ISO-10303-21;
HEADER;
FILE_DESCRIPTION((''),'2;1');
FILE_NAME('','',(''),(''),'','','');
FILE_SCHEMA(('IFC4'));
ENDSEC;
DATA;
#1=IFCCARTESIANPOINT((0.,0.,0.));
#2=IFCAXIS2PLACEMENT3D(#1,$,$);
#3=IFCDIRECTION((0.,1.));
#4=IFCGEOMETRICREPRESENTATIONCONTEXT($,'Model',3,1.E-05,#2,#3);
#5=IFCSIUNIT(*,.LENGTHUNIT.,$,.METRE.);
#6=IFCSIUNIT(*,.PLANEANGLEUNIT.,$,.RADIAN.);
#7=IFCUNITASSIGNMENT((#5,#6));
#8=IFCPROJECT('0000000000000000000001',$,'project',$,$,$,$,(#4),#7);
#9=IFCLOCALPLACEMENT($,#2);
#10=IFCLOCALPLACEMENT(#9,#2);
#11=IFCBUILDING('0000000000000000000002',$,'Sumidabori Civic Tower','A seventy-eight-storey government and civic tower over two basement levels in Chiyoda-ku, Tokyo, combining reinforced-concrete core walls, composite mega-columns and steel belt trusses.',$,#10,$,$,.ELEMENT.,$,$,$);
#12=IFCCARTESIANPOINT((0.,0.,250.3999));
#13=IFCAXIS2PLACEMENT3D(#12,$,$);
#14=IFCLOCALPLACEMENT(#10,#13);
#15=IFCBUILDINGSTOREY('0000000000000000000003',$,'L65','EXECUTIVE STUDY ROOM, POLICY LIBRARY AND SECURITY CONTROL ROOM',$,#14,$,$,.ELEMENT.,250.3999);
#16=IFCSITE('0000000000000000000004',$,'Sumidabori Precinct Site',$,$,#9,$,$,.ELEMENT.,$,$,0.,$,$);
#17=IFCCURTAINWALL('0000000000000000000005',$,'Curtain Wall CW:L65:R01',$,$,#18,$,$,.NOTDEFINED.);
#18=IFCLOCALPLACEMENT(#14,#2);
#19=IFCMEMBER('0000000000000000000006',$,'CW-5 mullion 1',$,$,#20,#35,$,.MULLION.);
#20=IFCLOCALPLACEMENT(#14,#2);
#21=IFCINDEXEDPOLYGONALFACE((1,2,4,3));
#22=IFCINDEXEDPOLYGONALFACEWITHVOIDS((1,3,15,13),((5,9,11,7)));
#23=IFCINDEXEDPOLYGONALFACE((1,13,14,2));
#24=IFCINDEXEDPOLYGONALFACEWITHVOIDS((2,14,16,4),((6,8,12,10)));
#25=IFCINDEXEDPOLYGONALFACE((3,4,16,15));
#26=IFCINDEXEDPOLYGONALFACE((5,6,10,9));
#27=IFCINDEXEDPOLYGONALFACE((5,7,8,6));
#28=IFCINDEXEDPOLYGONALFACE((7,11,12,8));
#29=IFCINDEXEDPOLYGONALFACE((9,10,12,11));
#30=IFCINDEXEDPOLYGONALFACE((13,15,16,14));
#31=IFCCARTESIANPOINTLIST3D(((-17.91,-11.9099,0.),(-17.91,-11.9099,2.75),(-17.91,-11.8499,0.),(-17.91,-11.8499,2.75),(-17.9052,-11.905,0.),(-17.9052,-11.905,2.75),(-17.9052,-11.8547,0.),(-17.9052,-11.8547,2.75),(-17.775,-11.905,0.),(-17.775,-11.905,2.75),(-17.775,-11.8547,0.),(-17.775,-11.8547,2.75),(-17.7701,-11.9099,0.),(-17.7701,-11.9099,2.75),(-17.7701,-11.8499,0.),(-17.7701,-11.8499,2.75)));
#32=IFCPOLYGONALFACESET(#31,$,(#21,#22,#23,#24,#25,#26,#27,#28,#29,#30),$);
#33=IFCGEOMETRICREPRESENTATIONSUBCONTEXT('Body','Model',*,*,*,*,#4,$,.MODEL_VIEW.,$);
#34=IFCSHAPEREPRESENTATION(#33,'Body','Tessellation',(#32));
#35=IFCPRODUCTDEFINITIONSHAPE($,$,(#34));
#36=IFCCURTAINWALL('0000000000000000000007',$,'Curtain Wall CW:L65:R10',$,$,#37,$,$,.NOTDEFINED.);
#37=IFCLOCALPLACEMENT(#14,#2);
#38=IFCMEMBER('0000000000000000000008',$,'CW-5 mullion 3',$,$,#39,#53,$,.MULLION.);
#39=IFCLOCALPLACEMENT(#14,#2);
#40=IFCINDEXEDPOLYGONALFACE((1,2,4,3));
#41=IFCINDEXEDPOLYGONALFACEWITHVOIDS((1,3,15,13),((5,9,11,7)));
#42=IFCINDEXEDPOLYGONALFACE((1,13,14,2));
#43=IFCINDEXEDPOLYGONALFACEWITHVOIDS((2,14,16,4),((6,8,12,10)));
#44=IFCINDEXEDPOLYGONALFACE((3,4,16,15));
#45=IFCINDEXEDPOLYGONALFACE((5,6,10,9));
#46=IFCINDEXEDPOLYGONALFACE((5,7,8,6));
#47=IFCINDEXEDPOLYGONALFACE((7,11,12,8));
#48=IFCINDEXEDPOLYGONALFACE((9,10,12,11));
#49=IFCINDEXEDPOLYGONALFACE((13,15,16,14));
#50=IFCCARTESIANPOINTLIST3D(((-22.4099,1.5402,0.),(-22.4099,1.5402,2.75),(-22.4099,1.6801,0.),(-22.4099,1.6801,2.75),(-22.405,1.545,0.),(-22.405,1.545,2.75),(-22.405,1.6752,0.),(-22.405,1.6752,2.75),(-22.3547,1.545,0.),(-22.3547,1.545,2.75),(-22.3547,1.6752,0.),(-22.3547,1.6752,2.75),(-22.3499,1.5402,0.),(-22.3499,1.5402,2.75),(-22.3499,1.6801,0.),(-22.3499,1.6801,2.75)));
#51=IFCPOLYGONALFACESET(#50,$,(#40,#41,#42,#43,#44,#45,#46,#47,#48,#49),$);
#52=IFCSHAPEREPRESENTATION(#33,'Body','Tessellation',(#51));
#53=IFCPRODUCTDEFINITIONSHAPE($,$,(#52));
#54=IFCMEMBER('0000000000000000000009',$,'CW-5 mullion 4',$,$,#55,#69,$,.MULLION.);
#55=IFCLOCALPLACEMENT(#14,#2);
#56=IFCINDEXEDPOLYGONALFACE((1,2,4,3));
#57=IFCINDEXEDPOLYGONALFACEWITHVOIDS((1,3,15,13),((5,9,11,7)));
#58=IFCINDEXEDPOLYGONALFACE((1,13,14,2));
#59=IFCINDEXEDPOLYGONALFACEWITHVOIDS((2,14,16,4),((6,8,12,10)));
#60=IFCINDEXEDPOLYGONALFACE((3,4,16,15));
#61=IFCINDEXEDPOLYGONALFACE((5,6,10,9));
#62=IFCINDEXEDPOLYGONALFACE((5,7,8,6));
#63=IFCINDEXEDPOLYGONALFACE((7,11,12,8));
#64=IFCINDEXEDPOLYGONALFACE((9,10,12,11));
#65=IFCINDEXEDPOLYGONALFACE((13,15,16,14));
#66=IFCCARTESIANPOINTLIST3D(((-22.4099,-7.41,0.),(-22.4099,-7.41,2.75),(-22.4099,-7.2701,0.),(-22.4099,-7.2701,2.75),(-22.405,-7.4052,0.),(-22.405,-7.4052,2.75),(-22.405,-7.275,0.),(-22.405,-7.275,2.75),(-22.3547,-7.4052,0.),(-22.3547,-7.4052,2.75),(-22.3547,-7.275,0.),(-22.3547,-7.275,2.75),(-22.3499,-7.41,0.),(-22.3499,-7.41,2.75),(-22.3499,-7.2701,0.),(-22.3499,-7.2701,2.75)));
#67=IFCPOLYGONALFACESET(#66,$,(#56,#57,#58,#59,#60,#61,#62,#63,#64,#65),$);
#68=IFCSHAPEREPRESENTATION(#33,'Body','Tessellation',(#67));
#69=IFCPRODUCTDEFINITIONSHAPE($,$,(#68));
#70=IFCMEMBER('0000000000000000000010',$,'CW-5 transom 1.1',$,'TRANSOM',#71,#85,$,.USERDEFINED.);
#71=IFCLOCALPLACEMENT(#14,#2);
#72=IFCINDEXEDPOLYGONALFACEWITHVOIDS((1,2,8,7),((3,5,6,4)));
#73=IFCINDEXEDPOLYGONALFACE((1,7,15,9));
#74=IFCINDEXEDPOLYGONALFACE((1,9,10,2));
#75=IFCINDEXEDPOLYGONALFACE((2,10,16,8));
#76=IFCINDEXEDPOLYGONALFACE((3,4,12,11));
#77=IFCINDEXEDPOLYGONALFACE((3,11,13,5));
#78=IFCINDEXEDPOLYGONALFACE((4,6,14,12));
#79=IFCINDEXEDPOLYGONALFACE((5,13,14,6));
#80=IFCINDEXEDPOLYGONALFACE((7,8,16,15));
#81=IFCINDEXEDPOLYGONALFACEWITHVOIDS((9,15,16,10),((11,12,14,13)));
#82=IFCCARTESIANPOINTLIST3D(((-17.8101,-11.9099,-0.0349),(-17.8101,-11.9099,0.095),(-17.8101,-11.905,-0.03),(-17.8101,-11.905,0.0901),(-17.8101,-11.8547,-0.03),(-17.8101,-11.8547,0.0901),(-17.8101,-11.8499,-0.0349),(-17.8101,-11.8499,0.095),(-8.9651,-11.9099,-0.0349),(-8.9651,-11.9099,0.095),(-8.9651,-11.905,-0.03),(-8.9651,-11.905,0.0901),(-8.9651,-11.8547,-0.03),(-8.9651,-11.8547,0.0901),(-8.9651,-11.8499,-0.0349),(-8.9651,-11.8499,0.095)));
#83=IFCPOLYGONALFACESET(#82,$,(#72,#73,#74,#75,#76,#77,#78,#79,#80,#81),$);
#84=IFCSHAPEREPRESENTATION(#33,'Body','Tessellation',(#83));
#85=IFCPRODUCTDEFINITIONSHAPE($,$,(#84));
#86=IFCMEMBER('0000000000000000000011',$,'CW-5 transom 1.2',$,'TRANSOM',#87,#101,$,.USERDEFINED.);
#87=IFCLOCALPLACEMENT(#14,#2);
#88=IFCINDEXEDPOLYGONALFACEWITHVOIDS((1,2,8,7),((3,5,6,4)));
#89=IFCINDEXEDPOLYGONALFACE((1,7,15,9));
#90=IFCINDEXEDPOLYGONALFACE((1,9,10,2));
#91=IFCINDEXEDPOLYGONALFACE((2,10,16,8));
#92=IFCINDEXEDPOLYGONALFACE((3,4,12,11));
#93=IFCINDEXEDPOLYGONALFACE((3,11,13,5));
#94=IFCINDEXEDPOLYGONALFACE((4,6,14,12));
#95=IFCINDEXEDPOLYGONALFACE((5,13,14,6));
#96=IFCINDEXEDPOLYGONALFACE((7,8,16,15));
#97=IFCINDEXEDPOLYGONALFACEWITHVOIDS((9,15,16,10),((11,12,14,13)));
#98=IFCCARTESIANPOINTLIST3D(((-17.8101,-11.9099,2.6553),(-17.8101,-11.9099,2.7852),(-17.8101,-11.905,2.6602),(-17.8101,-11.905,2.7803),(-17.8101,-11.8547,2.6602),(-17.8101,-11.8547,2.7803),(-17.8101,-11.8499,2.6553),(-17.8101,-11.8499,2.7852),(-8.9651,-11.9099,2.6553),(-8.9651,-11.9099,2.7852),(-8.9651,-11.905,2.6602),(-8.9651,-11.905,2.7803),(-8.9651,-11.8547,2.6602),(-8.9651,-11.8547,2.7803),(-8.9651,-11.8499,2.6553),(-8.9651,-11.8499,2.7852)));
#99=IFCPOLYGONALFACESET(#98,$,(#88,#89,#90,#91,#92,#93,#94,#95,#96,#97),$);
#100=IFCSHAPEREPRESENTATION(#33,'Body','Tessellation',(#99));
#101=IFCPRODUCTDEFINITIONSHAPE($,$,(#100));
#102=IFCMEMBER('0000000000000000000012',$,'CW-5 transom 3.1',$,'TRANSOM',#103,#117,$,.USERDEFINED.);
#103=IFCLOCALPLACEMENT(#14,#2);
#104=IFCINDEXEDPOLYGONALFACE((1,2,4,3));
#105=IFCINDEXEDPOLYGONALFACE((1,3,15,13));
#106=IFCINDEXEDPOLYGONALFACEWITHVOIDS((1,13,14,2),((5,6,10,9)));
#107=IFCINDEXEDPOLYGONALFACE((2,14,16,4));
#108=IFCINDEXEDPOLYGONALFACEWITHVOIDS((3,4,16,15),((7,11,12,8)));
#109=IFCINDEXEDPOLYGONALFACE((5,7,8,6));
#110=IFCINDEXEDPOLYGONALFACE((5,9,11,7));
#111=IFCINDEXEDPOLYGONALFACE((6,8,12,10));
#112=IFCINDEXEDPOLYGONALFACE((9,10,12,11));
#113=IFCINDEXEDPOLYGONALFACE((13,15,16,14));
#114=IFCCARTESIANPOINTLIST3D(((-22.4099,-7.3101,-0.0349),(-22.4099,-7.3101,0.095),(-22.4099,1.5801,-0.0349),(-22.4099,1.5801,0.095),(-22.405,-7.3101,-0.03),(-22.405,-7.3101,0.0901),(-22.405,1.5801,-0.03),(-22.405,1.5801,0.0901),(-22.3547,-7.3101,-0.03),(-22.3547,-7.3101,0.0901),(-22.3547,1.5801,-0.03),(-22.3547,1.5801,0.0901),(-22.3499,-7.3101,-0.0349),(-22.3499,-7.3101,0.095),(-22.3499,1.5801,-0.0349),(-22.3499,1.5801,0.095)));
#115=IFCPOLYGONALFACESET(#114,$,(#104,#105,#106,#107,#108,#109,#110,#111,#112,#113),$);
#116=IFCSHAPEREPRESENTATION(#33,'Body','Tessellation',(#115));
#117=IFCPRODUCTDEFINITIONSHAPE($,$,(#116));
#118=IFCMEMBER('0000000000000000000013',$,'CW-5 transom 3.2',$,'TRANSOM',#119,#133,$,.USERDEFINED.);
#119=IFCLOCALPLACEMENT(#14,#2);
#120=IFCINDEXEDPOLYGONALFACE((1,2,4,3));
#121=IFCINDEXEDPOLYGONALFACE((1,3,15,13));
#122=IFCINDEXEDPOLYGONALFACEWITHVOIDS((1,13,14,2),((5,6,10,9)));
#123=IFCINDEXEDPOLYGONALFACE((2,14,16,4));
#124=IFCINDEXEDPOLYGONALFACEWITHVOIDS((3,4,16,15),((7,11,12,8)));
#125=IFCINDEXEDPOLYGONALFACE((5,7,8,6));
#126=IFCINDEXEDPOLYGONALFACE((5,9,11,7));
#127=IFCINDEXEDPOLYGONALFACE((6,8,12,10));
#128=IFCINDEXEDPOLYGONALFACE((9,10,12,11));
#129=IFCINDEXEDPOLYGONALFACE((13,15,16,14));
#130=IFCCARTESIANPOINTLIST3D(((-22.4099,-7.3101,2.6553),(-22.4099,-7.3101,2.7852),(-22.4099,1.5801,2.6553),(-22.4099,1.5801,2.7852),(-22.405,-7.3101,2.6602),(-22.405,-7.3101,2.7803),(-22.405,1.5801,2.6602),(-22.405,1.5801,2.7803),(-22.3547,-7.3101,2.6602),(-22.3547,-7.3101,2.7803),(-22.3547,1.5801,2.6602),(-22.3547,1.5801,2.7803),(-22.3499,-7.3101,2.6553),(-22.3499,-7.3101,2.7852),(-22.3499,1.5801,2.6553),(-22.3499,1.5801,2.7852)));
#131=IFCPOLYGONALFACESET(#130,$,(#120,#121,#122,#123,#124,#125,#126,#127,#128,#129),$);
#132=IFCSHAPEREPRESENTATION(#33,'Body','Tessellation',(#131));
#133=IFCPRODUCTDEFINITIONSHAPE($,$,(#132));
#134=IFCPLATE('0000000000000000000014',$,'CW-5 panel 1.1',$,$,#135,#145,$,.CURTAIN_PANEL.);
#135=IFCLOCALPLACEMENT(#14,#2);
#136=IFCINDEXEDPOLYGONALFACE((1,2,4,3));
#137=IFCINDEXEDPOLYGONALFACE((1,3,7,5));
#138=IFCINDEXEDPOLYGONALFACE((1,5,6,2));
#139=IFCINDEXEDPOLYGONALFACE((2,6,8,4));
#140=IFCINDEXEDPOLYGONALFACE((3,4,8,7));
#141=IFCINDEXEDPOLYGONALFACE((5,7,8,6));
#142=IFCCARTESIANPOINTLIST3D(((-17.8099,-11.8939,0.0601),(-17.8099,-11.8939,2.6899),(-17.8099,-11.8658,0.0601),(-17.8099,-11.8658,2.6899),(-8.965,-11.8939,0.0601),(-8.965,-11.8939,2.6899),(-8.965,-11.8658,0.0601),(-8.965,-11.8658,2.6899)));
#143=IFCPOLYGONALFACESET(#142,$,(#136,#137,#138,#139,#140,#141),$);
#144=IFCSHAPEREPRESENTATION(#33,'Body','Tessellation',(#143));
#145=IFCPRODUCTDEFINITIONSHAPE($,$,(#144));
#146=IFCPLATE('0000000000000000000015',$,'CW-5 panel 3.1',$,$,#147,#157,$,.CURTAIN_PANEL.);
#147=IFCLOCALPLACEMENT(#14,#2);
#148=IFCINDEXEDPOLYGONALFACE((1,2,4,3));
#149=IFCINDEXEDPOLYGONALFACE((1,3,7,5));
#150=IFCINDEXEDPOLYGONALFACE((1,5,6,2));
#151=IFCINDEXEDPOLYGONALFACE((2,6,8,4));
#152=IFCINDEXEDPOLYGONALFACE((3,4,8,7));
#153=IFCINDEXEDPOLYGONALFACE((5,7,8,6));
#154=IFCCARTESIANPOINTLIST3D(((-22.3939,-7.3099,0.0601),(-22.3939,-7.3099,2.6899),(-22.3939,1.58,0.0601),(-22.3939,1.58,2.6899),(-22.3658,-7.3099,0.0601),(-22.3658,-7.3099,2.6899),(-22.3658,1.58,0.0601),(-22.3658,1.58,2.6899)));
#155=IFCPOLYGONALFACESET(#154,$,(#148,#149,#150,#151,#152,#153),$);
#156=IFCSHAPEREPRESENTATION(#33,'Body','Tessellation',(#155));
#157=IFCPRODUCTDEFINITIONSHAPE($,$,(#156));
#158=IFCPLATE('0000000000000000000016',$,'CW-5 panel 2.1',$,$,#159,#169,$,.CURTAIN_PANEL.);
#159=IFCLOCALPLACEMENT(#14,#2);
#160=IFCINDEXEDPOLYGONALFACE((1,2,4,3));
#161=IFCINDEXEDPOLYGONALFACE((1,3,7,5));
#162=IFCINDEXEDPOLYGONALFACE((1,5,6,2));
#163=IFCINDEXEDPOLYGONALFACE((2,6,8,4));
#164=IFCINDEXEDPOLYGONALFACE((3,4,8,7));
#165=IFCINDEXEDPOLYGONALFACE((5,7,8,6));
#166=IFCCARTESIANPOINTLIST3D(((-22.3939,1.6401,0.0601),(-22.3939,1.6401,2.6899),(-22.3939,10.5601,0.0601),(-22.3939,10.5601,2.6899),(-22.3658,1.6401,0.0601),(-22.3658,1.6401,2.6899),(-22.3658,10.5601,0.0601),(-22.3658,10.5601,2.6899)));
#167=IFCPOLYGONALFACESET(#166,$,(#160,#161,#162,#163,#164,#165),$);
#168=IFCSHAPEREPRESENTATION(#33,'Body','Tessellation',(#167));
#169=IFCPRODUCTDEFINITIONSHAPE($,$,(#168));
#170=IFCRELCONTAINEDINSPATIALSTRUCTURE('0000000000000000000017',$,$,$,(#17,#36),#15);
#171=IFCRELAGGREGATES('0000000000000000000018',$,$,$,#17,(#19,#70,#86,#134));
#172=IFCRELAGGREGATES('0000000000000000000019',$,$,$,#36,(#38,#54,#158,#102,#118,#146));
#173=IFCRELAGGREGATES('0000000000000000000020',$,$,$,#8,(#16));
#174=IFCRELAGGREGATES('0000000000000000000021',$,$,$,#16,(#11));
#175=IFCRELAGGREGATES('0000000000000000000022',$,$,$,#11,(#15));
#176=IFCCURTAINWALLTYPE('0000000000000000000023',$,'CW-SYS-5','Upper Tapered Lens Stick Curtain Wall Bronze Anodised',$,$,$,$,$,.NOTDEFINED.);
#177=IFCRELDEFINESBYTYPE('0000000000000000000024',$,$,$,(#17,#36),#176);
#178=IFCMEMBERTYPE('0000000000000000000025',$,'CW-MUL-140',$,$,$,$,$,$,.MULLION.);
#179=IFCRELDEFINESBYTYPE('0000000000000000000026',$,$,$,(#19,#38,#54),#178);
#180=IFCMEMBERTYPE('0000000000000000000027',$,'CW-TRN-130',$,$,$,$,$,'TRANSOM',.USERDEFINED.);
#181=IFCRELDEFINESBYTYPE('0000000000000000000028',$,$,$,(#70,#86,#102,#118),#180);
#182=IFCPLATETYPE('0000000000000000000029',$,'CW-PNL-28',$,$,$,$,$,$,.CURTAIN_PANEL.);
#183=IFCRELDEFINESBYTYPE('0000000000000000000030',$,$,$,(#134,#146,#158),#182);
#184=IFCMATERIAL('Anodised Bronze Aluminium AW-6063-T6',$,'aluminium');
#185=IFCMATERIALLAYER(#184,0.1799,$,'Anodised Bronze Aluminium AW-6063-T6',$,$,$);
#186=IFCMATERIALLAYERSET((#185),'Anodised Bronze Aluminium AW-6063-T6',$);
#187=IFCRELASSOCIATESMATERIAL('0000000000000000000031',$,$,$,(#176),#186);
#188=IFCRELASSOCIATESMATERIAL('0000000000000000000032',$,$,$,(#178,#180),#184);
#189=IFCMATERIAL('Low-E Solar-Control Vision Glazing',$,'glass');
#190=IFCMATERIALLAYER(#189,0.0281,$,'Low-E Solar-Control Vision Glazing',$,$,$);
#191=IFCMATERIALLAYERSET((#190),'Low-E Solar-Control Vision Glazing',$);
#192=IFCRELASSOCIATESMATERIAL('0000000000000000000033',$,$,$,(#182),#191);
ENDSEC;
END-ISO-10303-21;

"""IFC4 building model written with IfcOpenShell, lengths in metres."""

from ifc_helpers import new_model, si_unit, direction, frame, origin, origin_2d, place, context, subcontext, project, spatial, rectangle, hollow_rectangle, extrude, source, transform, mapped, material, layer, layer_set, material_profile, profile_set, type_object, element, aggregate, save


model = new_model("IFC4")

# Units and contexts
model_context = context("Model", 3, precision=1e-05, world=origin(), true_north=direction((0.0, 1.0)))
body_context = subcontext(model_context, "Body", "Model", "MODEL_VIEW")
ifc_project = project(units=[si_unit("LENGTHUNIT", "METRE"), si_unit("PLANEANGLEUNIT", "RADIAN")], contexts=[model_context])

# Site, building, storey
site_placement = place(None, origin())
site = spatial("IfcSite", under=ifc_project, at=site_placement, Name="Sumidabori Precinct Site", CompositionType="ELEMENT", RefElevation=0.0)
building_placement = place(site_placement, origin())
building = spatial("IfcBuilding", under=site, at=building_placement, Name="Sumidabori Civic Tower", Description="A seventy-eight-storey government and civic tower over two basement levels in Chiyoda-ku, Tokyo, combining reinforced-concrete core walls, composite mega-columns and steel belt trusses.", CompositionType="ELEMENT")
storey_placement = place(building_placement, frame((0.0, 0.0, 250.3999)))
storey = spatial("IfcBuildingStorey", under=building, at=storey_placement, Name="L65", Description="EXECUTIVE STUDY ROOM, POLICY LIBRARY AND SECURITY CONTROL ROOM", CompositionType="ELEMENT", Elevation=250.3999)

# Curtain wall, member
ifc_material_1 = material(Name="Anodised Bronze Aluminium AW-6063-T6", Category="aluminium")
ifc_layer_1 = layer(ifc_material_1, 0.1799, Name="Anodised Bronze Aluminium AW-6063-T6")
ifc_layer_set_1 = layer_set([ifc_layer_1], Name="Anodised Bronze Aluminium AW-6063-T6")
curtain_wall_type = type_object("IfcCurtainWallType", Name="CW-SYS-5", Description="Upper Tapered Lens Stick Curtain Wall Bronze Anodised", PredefinedType="NOTDEFINED", material=ifc_layer_set_1)
curtain_wall_1_placement = place(storey_placement, origin())
curtain_wall_1 = element("IfcCurtainWall", 1, at=curtain_wall_1_placement, inside=storey, type_object=curtain_wall_type, Name="Curtain Wall CW:L65:R01", PredefinedType="NOTDEFINED")
ifc_material_profile_1 = material_profile(ifc_material_1, hollow_rectangle(XDim=0.0601, YDim=0.1399, WallThickness=0.0049, at=origin_2d()), Name="ALU MULLION 140x60")
ifc_profile_set_1 = profile_set([ifc_material_profile_1], Name="Anodised Bronze Aluminium AW-6063-T6")
member_type_1 = type_object("IfcMemberType", Name="CW-MUL-140", PredefinedType="MULLION", material=ifc_profile_set_1)
shared_shape_1 = source(origin(), body_context, "Body", "SweptSolid", [
    extrude(hollow_rectangle(XDim=0.0601, YDim=0.1399, WallThickness=0.0049, at=origin_2d()), origin(), (0.0, 0.0, 1.0), 2.75),
])
member_1_placement = place(storey_placement, frame((-17.8401, -11.8799, 0.0), z_axis=(0.0, 0.0, 1.0), x_axis=(0.0, 1.0, 0.0)))
member_1 = element("IfcMember", 2, at=member_1_placement, type_object=member_type_1, Name="CW-5 mullion 1", PredefinedType="MULLION", context=body_context, shape_type="MappedRepresentation", body=[
    mapped(shared_shape_1, transform((0.0, 0.0, 0.0), x_axis=(1.0, 0.0, 0.0), y_axis=(0.0, 1.0, 0.0), z_axis=(0.0, 0.0, 1.0), scale=1.0)),
])

# Curtain wall, members
curtain_wall_2_placement = place(storey_placement, origin())
curtain_wall_2 = element("IfcCurtainWall", 3, at=curtain_wall_2_placement, inside=storey, type_object=curtain_wall_type, Name="Curtain Wall CW:L65:R10", PredefinedType="NOTDEFINED")
member_2_placement = place(storey_placement, frame((-22.3799, 1.6101, 0.0), z_axis=(0.0, 0.0, 1.0), x_axis=(1.0, 0.0, 0.0)))
member_2 = element("IfcMember", 4, at=member_2_placement, type_object=member_type_1, Name="CW-5 mullion 3", PredefinedType="MULLION", context=body_context, shape_type="MappedRepresentation", body=[
    mapped(shared_shape_1, transform((0.0, 0.0, 0.0), x_axis=(1.0, 0.0, 0.0), y_axis=(0.0, 1.0, 0.0), z_axis=(0.0, 0.0, 1.0), scale=1.0)),
])
member_3_placement = place(storey_placement, frame((-22.3799, -7.3401, 0.0), z_axis=(0.0, 0.0, 1.0), x_axis=(1.0, 0.0, 0.0)))
member_3 = element("IfcMember", 5, at=member_3_placement, type_object=member_type_1, Name="CW-5 mullion 4", PredefinedType="MULLION", context=body_context, shape_type="MappedRepresentation", body=[
    mapped(shared_shape_1, transform((0.0, 0.0, 0.0), x_axis=(1.0, 0.0, 0.0), y_axis=(0.0, 1.0, 0.0), z_axis=(0.0, 0.0, 1.0), scale=1.0)),
])

# Members
ifc_material_profile_2 = material_profile(ifc_material_1, hollow_rectangle(XDim=0.0601, YDim=0.1299, WallThickness=0.0049, at=origin_2d()), Name="ALU TRANSOM 130x60")
ifc_profile_set_2 = profile_set([ifc_material_profile_2], Name="Anodised Bronze Aluminium AW-6063-T6")
member_type_2 = type_object("IfcMemberType", Name="CW-TRN-130", ElementType="TRANSOM", PredefinedType="USERDEFINED", material=ifc_profile_set_2)
shared_shape_2 = source(origin(), body_context, "Body", "SweptSolid", [
    extrude(hollow_rectangle(XDim=0.0601, YDim=0.1299, WallThickness=0.0049, at=origin_2d()), origin(), (0.0, 0.0, 1.0), 8.845),
])
member_4_placement = place(storey_placement, frame((-17.8101, -11.8799, 0.03), z_axis=(1.0, 0.0, 0.0), x_axis=(0.0, 1.0, 0.0)))
member_4 = element("IfcMember", 6, at=member_4_placement, type_object=member_type_2, Name="CW-5 transom 1.1", ObjectType="TRANSOM", PredefinedType="USERDEFINED", context=body_context, shape_type="MappedRepresentation", body=[
    mapped(shared_shape_2, transform((0.0, 0.0, 0.0), x_axis=(1.0, 0.0, 0.0), y_axis=(0.0, 1.0, 0.0), z_axis=(0.0, 0.0, 1.0), scale=1.0)),
])
member_5_placement = place(storey_placement, frame((-17.8101, -11.8799, 2.7202), z_axis=(1.0, 0.0, 0.0), x_axis=(0.0, 1.0, 0.0)))
member_5 = element("IfcMember", 7, at=member_5_placement, type_object=member_type_2, Name="CW-5 transom 1.2", ObjectType="TRANSOM", PredefinedType="USERDEFINED", context=body_context, shape_type="MappedRepresentation", body=[
    mapped(shared_shape_2, transform((0.0, 0.0, 0.0), x_axis=(1.0, 0.0, 0.0), y_axis=(0.0, 1.0, 0.0), z_axis=(0.0, 0.0, 1.0), scale=1.0)),
])
shared_shape_3 = source(origin(), body_context, "Body", "SweptSolid", [
    extrude(hollow_rectangle(XDim=0.0601, YDim=0.1299, WallThickness=0.0049, at=origin_2d()), origin(), (0.0, 0.0, 1.0), 8.8901),
])
member_6_placement = place(storey_placement, frame((-22.3799, 1.5801, 0.03), z_axis=(0.0, -1.0, 0.0), x_axis=(1.0, 0.0, 0.0)))
member_6 = element("IfcMember", 8, at=member_6_placement, type_object=member_type_2, Name="CW-5 transom 3.1", ObjectType="TRANSOM", PredefinedType="USERDEFINED", context=body_context, shape_type="MappedRepresentation", body=[
    mapped(shared_shape_3, transform((0.0, 0.0, 0.0), x_axis=(1.0, 0.0, 0.0), y_axis=(0.0, 1.0, 0.0), z_axis=(0.0, 0.0, 1.0), scale=1.0)),
])
member_7_placement = place(storey_placement, frame((-22.3799, 1.5801, 2.7202), z_axis=(0.0, -1.0, 0.0), x_axis=(1.0, 0.0, 0.0)))
member_7 = element("IfcMember", 9, at=member_7_placement, type_object=member_type_2, Name="CW-5 transom 3.2", ObjectType="TRANSOM", PredefinedType="USERDEFINED", context=body_context, shape_type="MappedRepresentation", body=[
    mapped(shared_shape_3, transform((0.0, 0.0, 0.0), x_axis=(1.0, 0.0, 0.0), y_axis=(0.0, 1.0, 0.0), z_axis=(0.0, 0.0, 1.0), scale=1.0)),
])

# Plates
ifc_material_2 = material(Name="Low-E Solar-Control Vision Glazing", Category="glass")
ifc_layer_2 = layer(ifc_material_2, 0.0281, Name="Low-E Solar-Control Vision Glazing")
ifc_layer_set_2 = layer_set([ifc_layer_2], Name="Low-E Solar-Control Vision Glazing")
plate_type = type_object("IfcPlateType", Name="CW-PNL-28", PredefinedType="CURTAIN_PANEL", material=ifc_layer_set_2)
shared_shape_4 = source(origin(), body_context, "Body", "SweptSolid", [
    extrude(rectangle(XDim=8.845, YDim=0.0281, at=origin_2d()), origin(), (0.0, 0.0, 1.0), 2.6299),
])
plate_1_placement = place(storey_placement, frame((-13.3875, -11.8799, 0.0601), z_axis=(0.0, 0.0, 1.0), x_axis=(1.0, 0.0, 0.0)))
plate_1 = element("IfcPlate", 10, at=plate_1_placement, type_object=plate_type, Name="CW-5 panel 1.1", PredefinedType="CURTAIN_PANEL", context=body_context, shape_type="MappedRepresentation", body=[
    mapped(shared_shape_4, transform((0.0, 0.0, 0.0), x_axis=(1.0, 0.0, 0.0), y_axis=(0.0, 1.0, 0.0), z_axis=(0.0, 0.0, 1.0), scale=1.0)),
])
aggregate(curtain_wall_1, [member_1, member_4, member_5, plate_1])
shared_shape_5 = source(origin(), body_context, "Body", "SweptSolid", [
    extrude(rectangle(XDim=8.8899, YDim=0.0281, at=origin_2d()), origin(), (0.0, 0.0, 1.0), 2.6299),
])
plate_2_placement = place(storey_placement, frame((-22.3799, -2.865, 0.0601), z_axis=(0.0, 0.0, 1.0), x_axis=(0.0, -1.0, 0.0)))
plate_2 = element("IfcPlate", 11, at=plate_2_placement, type_object=plate_type, Name="CW-5 panel 3.1", PredefinedType="CURTAIN_PANEL", context=body_context, shape_type="MappedRepresentation", body=[
    mapped(shared_shape_5, transform((0.0, 0.0, 0.0), x_axis=(1.0, 0.0, 0.0), y_axis=(0.0, 1.0, 0.0), z_axis=(0.0, 0.0, 1.0), scale=1.0)),
])
shared_shape_6 = source(origin(), body_context, "Body", "SweptSolid", [
    extrude(rectangle(XDim=8.9199, YDim=0.0281, at=origin_2d()), origin(), (0.0, 0.0, 1.0), 2.6299),
])
plate_3_placement = place(storey_placement, frame((-22.3799, 6.1001, 0.0601), z_axis=(0.0, 0.0, 1.0), x_axis=(0.0, -1.0, 0.0)))
plate_3 = element("IfcPlate", 12, at=plate_3_placement, type_object=plate_type, Name="CW-5 panel 2.1", PredefinedType="CURTAIN_PANEL", context=body_context, shape_type="MappedRepresentation", body=[
    mapped(shared_shape_6, transform((0.0, 0.0, 0.0), x_axis=(1.0, 0.0, 0.0), y_axis=(0.0, 1.0, 0.0), z_axis=(0.0, 0.0, 1.0), scale=1.0)),
])
aggregate(curtain_wall_2, [member_2, member_3, plate_3, member_6, member_7, plate_2])

save(model, "model.ifc")
